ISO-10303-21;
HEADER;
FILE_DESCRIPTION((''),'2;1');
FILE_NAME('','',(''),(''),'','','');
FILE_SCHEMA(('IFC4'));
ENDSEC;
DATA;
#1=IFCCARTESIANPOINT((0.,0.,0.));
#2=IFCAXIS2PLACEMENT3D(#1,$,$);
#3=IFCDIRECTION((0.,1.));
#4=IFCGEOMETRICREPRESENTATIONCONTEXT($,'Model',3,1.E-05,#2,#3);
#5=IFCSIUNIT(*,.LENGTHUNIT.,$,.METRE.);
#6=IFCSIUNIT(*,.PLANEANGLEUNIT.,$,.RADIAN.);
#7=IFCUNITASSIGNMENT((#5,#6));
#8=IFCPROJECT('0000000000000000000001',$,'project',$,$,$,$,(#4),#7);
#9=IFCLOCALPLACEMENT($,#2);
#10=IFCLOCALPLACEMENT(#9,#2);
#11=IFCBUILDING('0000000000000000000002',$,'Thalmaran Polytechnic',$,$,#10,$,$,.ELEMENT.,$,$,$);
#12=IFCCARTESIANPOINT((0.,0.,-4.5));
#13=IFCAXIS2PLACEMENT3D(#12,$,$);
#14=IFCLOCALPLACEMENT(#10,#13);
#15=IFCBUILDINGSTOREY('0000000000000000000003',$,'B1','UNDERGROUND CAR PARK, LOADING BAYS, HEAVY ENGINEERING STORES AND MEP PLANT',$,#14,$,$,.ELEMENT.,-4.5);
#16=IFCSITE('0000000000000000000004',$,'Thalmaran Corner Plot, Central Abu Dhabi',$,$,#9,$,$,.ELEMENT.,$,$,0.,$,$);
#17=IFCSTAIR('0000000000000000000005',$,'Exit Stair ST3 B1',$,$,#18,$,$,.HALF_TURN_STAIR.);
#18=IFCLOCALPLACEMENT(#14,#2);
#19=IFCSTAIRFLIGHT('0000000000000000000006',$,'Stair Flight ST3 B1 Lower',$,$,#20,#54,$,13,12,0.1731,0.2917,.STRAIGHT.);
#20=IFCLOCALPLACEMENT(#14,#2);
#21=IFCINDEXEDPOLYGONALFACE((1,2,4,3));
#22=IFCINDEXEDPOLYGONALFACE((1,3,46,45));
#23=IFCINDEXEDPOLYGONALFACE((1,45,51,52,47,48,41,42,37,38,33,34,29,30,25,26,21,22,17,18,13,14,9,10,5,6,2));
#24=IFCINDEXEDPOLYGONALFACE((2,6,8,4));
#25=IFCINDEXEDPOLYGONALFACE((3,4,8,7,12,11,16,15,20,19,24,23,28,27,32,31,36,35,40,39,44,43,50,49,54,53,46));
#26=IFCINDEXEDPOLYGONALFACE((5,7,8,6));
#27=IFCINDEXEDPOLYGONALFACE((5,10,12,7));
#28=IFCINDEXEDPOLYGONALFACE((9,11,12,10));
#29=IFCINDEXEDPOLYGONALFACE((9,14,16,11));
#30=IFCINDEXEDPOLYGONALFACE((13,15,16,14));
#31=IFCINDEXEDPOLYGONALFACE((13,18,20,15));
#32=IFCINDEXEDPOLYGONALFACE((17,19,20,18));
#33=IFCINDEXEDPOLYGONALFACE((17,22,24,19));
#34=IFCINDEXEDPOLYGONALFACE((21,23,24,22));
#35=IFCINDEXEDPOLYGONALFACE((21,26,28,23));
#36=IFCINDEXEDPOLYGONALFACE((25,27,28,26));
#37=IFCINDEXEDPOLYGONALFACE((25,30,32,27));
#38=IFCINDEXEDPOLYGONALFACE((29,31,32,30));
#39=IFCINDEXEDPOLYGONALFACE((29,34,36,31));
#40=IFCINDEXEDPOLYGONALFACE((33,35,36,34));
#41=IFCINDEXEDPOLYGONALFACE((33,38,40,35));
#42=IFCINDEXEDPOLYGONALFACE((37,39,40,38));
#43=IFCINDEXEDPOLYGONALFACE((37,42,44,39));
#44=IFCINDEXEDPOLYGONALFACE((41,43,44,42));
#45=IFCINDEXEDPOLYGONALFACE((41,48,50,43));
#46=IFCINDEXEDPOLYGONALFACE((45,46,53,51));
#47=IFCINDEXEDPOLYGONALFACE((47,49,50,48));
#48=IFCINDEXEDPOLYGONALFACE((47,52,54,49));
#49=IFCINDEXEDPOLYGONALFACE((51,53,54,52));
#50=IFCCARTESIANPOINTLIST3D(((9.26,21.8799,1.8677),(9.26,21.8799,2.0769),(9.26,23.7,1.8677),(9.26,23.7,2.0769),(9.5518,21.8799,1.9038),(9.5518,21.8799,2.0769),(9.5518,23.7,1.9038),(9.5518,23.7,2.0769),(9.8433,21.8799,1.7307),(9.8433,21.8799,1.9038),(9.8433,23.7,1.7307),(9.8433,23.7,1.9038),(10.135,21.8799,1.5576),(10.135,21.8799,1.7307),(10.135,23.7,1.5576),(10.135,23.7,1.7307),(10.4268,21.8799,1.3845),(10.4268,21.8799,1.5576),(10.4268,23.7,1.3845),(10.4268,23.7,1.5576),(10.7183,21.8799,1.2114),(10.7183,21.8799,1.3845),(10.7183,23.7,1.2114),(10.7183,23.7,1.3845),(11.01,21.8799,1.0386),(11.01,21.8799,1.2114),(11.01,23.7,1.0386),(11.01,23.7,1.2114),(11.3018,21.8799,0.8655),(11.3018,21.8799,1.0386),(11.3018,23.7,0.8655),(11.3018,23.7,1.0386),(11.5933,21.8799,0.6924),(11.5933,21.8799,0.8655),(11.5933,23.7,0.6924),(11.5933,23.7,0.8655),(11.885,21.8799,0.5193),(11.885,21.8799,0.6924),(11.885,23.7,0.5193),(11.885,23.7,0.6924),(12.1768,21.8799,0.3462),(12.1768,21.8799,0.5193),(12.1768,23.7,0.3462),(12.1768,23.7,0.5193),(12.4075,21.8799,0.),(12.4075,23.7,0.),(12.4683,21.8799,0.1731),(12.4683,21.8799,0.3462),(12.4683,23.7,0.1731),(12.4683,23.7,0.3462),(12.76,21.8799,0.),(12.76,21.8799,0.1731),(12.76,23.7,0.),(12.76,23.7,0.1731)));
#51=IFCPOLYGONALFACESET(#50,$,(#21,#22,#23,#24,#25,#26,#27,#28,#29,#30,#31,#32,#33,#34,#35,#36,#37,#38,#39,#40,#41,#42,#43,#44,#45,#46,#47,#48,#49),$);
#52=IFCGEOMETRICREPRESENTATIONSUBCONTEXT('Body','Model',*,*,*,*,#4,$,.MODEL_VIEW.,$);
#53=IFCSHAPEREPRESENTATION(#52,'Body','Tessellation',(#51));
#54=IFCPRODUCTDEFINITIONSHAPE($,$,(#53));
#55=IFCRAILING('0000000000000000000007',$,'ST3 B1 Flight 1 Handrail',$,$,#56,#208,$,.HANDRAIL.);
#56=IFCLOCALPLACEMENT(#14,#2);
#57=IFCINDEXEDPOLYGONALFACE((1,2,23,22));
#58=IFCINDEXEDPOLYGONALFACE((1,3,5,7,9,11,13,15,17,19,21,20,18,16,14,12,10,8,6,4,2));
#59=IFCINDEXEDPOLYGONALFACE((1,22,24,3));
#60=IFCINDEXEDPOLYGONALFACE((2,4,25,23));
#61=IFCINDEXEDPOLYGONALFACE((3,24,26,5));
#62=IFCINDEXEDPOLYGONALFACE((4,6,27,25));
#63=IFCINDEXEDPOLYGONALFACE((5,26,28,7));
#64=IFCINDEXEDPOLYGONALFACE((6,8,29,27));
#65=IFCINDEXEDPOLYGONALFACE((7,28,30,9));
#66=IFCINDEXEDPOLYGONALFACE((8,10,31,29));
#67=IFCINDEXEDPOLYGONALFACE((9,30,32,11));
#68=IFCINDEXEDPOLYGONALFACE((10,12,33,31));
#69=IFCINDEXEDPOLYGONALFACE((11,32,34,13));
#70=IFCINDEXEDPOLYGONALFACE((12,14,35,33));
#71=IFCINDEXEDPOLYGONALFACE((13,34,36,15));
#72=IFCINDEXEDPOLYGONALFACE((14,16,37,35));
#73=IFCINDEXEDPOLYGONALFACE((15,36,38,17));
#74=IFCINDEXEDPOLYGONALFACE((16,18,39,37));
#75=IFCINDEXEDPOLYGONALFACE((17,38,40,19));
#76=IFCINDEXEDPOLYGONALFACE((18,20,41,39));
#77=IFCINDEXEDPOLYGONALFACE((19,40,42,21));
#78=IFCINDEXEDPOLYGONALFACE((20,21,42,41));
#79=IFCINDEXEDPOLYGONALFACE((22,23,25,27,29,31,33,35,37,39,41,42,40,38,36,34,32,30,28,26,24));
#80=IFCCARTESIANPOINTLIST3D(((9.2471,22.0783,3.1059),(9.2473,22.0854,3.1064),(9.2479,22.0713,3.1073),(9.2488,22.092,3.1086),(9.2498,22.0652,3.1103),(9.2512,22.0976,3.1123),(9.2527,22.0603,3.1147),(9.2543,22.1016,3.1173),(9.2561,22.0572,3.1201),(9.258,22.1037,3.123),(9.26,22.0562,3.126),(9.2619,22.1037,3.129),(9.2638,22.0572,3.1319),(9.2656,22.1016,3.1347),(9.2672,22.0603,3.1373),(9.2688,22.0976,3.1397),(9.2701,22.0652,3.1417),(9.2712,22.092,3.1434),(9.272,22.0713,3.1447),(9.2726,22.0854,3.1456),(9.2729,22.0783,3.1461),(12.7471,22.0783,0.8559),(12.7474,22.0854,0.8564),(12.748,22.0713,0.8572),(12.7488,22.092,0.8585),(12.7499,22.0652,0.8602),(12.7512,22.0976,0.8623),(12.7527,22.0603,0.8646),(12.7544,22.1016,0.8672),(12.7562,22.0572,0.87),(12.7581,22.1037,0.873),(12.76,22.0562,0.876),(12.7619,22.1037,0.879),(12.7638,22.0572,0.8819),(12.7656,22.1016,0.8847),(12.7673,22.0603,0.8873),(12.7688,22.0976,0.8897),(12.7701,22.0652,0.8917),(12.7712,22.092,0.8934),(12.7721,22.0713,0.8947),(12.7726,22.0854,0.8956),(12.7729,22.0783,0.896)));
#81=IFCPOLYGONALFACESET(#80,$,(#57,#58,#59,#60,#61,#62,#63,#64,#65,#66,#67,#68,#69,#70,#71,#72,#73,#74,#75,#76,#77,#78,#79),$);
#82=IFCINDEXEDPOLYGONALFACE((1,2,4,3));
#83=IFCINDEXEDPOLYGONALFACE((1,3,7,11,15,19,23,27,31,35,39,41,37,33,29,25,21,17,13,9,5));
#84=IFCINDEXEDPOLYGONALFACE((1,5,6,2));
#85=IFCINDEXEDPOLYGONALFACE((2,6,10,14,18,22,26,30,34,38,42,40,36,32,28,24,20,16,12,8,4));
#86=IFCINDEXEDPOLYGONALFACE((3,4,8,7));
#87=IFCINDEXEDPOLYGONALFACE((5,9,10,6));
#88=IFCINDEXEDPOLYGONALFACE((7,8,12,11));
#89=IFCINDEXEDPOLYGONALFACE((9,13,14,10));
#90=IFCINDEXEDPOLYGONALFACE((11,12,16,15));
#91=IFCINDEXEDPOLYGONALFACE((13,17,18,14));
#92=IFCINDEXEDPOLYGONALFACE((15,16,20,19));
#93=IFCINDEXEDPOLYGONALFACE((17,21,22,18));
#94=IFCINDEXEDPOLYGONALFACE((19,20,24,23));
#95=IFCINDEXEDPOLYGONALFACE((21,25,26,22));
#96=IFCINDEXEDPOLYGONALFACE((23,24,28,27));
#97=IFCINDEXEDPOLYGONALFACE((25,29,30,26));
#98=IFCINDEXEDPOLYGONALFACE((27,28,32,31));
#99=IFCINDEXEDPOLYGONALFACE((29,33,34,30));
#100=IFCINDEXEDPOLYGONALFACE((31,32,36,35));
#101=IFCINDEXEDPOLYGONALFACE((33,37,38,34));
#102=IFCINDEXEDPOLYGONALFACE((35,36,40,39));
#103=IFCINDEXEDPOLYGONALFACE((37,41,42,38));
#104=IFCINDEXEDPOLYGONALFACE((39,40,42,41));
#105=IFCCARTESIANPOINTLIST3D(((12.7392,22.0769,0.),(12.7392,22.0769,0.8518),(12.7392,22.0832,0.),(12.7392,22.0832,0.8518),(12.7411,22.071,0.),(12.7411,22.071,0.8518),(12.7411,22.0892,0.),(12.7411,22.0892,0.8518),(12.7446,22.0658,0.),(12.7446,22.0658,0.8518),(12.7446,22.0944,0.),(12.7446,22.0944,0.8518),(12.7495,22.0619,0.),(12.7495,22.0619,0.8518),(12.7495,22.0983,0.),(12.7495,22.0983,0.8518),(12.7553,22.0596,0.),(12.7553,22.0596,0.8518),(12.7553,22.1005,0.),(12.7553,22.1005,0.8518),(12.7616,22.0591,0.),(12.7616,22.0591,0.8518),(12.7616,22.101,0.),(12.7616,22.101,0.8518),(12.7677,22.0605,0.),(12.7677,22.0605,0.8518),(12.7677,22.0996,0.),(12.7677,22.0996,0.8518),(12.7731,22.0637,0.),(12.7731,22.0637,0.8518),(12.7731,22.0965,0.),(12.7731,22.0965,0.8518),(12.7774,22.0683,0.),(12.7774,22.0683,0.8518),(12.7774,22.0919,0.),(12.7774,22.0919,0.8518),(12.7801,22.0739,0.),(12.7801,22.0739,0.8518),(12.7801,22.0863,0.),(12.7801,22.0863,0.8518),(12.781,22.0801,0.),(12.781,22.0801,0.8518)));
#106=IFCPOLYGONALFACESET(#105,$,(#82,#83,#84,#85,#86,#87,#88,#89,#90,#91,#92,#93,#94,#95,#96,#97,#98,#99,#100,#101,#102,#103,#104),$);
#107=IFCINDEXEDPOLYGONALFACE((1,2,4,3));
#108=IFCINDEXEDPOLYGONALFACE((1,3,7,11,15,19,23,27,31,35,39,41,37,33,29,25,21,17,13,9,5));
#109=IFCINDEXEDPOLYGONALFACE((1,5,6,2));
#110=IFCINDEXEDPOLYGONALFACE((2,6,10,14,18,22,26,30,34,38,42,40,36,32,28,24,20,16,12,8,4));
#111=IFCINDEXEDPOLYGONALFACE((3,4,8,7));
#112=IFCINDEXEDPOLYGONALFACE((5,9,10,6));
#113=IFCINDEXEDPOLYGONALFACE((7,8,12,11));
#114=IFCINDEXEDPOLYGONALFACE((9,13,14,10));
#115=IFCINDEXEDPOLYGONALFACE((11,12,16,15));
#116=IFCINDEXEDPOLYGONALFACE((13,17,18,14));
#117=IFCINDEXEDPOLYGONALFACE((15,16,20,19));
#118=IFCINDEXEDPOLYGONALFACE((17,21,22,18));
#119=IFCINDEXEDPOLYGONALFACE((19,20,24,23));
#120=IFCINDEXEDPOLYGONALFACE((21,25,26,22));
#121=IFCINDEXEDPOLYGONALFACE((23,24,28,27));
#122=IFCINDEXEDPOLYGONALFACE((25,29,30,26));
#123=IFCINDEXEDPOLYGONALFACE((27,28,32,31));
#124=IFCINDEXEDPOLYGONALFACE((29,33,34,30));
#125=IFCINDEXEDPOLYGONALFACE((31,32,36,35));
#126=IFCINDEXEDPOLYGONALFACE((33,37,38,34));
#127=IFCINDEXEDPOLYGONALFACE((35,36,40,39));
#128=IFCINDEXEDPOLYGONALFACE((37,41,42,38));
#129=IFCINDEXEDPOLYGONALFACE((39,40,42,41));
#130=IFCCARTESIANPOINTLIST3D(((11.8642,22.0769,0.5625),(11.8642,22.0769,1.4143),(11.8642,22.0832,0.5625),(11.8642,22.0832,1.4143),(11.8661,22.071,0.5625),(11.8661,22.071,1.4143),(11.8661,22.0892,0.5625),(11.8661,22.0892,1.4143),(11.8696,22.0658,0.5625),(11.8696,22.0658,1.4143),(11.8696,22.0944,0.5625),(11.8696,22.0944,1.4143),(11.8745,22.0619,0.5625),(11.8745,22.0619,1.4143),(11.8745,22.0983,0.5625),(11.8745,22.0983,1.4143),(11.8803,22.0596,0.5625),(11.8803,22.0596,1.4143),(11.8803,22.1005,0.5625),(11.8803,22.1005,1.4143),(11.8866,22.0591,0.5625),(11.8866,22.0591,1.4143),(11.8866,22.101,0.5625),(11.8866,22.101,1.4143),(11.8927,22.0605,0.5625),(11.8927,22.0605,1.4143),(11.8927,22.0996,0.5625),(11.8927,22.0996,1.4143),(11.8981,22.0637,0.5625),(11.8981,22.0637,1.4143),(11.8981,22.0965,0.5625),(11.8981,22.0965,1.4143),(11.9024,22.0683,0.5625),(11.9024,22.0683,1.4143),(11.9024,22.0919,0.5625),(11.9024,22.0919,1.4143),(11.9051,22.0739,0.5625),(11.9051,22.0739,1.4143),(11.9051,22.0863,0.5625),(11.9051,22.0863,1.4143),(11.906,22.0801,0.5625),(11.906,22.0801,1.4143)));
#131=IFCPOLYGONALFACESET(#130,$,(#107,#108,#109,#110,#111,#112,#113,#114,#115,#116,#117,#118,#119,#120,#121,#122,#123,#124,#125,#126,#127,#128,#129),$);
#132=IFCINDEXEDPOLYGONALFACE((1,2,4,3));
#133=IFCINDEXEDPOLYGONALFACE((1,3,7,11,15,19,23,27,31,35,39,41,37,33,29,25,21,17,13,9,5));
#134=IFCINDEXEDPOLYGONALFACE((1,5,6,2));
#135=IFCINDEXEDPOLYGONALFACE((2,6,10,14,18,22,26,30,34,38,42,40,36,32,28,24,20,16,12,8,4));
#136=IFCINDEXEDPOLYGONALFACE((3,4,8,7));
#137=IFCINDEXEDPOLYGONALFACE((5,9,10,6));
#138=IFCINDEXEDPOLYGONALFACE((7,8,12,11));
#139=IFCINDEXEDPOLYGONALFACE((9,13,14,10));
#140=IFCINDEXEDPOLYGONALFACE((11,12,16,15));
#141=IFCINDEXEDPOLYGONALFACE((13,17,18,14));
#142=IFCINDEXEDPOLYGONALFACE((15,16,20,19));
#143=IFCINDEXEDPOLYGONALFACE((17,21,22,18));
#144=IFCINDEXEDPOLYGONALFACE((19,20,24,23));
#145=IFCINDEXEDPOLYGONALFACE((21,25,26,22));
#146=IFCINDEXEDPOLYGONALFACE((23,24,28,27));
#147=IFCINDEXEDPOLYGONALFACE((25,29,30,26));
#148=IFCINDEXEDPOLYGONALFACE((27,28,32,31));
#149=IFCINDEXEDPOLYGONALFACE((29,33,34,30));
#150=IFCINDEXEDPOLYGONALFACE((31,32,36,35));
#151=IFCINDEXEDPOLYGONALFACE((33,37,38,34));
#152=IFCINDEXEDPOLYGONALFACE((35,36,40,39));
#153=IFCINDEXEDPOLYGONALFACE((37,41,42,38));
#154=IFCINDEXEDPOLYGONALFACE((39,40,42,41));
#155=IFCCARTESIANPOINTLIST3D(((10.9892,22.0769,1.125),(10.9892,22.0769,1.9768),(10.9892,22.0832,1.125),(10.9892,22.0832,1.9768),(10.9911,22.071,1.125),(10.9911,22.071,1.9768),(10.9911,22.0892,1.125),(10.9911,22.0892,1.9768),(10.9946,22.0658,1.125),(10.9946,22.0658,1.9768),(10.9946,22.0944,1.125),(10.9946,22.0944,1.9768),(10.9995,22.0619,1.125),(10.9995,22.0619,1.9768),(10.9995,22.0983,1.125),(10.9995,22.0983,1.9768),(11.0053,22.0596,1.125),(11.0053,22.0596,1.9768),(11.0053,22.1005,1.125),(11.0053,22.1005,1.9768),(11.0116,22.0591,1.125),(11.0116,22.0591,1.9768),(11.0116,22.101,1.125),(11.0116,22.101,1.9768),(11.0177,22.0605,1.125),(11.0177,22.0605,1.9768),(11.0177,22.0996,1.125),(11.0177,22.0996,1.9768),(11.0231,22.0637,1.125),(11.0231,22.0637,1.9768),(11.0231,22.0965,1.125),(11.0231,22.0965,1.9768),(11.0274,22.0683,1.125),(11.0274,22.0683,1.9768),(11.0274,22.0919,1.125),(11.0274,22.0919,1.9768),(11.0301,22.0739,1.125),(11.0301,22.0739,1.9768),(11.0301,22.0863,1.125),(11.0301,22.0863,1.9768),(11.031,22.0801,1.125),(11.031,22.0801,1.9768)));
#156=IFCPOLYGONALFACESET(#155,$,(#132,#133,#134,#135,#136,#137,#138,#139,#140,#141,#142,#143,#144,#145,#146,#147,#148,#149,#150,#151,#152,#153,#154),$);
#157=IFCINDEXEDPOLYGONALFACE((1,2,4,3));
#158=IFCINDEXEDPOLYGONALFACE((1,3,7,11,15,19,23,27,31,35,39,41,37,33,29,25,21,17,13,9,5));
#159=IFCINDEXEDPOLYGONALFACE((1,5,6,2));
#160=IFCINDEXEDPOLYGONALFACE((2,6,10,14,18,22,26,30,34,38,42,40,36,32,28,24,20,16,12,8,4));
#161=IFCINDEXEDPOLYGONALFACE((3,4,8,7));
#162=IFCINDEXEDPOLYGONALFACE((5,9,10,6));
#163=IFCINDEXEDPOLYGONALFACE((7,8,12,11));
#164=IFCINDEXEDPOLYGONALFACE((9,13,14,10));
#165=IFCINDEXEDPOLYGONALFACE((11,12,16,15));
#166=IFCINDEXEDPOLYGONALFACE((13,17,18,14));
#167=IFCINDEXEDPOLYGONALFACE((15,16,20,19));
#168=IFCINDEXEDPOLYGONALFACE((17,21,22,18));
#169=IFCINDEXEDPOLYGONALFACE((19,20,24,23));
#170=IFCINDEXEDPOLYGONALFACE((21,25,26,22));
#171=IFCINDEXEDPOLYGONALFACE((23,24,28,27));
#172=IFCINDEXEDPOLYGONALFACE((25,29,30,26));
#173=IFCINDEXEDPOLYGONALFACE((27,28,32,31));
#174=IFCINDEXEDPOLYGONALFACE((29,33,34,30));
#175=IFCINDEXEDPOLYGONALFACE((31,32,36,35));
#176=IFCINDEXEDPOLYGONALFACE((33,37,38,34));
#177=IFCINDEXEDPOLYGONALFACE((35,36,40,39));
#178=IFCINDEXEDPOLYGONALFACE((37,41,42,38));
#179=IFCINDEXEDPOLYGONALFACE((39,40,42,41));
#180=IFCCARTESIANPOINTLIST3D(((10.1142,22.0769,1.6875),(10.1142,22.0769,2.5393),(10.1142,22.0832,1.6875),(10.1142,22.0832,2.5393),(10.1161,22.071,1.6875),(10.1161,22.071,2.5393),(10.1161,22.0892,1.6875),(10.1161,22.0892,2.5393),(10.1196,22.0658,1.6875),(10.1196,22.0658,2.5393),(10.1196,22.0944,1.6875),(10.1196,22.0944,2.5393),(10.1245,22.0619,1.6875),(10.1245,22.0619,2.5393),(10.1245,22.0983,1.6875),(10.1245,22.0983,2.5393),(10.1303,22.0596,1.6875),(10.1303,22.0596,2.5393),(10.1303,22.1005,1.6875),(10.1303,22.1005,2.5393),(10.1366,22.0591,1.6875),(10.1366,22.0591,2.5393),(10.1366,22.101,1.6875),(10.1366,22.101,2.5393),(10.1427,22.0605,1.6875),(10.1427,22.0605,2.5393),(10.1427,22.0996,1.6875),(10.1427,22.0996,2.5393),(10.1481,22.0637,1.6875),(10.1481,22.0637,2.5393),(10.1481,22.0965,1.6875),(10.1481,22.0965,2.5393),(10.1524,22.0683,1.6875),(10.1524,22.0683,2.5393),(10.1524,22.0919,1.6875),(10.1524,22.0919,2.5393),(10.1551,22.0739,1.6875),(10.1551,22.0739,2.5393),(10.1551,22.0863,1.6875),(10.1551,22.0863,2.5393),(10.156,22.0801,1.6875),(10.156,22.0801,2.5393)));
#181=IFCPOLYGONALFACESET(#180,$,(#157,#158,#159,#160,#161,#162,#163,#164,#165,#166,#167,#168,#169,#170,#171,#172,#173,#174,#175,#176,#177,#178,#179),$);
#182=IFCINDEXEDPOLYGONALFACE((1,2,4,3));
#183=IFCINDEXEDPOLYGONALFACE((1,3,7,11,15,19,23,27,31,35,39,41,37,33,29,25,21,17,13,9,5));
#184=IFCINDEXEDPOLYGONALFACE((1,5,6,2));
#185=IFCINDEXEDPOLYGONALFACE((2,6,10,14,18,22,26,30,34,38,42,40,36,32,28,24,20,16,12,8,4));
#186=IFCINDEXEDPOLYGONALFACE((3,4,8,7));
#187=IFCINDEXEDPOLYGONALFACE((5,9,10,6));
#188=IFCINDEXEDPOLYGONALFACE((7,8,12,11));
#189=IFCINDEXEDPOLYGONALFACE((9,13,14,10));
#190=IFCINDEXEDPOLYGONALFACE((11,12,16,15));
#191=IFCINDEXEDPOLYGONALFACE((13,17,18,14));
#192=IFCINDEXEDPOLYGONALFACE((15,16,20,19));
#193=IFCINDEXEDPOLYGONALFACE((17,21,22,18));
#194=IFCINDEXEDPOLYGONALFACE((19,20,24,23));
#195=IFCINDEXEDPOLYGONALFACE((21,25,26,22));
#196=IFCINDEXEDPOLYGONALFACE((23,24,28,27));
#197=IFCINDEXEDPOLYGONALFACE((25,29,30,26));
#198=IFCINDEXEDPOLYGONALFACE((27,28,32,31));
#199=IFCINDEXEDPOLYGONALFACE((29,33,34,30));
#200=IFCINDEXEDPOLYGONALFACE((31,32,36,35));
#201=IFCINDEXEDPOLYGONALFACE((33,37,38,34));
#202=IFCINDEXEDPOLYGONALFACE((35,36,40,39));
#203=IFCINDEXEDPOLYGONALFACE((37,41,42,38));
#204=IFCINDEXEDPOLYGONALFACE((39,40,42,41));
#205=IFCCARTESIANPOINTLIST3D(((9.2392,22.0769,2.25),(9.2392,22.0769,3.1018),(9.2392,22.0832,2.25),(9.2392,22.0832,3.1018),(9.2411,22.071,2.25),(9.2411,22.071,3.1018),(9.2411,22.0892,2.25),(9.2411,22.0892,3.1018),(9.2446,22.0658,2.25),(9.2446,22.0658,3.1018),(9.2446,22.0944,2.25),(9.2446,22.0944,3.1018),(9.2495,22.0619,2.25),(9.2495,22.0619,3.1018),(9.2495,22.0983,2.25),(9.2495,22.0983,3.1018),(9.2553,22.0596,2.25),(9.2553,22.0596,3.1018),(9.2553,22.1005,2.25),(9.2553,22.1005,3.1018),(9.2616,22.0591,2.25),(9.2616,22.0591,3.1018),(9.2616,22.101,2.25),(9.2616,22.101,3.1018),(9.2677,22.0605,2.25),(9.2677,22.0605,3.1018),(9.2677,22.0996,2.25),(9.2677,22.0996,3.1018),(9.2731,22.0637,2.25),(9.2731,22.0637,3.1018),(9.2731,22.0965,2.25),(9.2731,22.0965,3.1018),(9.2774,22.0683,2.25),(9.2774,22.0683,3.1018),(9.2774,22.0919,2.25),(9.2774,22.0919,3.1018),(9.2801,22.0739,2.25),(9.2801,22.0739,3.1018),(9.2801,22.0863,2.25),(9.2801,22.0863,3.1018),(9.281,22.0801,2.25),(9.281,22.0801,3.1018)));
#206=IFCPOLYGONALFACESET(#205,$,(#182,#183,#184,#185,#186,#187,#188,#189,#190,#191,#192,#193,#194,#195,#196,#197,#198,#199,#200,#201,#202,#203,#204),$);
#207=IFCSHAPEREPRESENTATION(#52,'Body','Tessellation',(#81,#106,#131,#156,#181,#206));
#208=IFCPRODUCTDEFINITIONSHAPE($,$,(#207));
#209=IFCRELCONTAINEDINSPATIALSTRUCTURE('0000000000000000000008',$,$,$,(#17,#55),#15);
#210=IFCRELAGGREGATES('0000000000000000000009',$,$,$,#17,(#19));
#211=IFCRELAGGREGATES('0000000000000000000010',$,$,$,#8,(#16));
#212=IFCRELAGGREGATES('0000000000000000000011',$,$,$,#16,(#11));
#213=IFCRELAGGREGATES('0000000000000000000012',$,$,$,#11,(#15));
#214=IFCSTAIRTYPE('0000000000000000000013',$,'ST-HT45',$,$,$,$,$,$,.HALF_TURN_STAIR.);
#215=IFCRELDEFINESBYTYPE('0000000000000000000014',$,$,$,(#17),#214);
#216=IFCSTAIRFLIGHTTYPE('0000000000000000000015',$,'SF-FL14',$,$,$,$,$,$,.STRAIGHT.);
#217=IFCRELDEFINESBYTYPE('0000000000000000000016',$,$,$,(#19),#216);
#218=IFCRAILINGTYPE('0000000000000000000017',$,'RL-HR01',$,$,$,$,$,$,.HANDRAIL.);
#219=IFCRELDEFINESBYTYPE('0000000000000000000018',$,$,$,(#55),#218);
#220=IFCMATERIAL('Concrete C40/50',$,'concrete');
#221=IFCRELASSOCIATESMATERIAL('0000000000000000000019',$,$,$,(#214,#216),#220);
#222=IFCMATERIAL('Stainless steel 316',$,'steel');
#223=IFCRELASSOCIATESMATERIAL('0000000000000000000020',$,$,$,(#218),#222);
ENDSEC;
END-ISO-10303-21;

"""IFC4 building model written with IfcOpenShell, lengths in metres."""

from ifc_helpers import new_model, si_unit, direction, frame, origin, origin_2d, place, context, subcontext, project, spatial, polyline, circle, outline, extrude, material, type_object, element, aggregate, save


model = new_model("IFC4")

# Units and contexts
model_context = context("Model", 3, precision=1e-05, world=origin(), true_north=direction((0.0, 1.0)))
body_context = subcontext(model_context, "Body", "Model", "MODEL_VIEW")
ifc_project = project(units=[si_unit("LENGTHUNIT", "METRE"), si_unit("PLANEANGLEUNIT", "RADIAN")], contexts=[model_context])

# Site, building, storey
site_placement = place(None, origin())
site = spatial("IfcSite", under=ifc_project, at=site_placement, Name="Thalmaran Corner Plot, Central Abu Dhabi", CompositionType="ELEMENT", RefElevation=0.0)
building_placement = place(site_placement, origin())
building = spatial("IfcBuilding", under=site, at=building_placement, Name="Thalmaran Polytechnic", CompositionType="ELEMENT")
storey_placement = place(building_placement, frame((0.0, 0.0, -4.5)))
storey = spatial("IfcBuildingStorey", under=building, at=storey_placement, Name="B1", Description="UNDERGROUND CAR PARK, LOADING BAYS, HEAVY ENGINEERING STORES AND MEP PLANT", CompositionType="ELEMENT", Elevation=-4.5)

# Shared definitions
ifc_material_1 = material(Name="Concrete C40/50", Category="concrete")

# Stair, stair flight
stair_type = type_object("IfcStairType", Name="ST-HT45", PredefinedType="HALF_TURN_STAIR", material=ifc_material_1)
stair_placement = place(storey_placement, origin())
stair = element("IfcStair", 1, at=stair_placement, inside=storey, type_object=stair_type, Name="Exit Stair ST3 B1", PredefinedType="HALF_TURN_STAIR")
stair_flight_type = type_object("IfcStairFlightType", Name="SF-FL14", PredefinedType="STRAIGHT", material=ifc_material_1)
stair_flight_placement = place(storey_placement, frame((12.76, 22.79, 0.0), z_axis=(0.0, 0.0, 1.0), x_axis=(-1.0, 0.0, 0.0)))
stair_flight = element("IfcStairFlight", 2, at=stair_flight_placement, type_object=stair_flight_type, Name="Stair Flight ST3 B1 Lower", NumberOfRisers=13, NumberOfTreads=12, PredefinedType="STRAIGHT", RiserHeight=0.1731, TreadLength=0.2917, context=body_context, shape_type="SweptSolid", body=[
    extrude(outline(polyline([(0.0, 0.0), (0.0, 0.1731), (0.2917, 0.1731), (0.2917, 0.3462), (0.5833, 0.3462), (0.5833, 0.5193), (0.875, 0.5193), (0.875, 0.6924), (1.1667, 0.6924), (1.1667, 0.8655), (1.4583, 0.8655), (1.4583, 1.0386), (1.75, 1.0386), (1.75, 1.2114), (2.0417, 1.2114), (2.0417, 1.3845), (2.3333, 1.3845), (2.3333, 1.5576), (2.625, 1.5576), (2.625, 1.7307), (2.9167, 1.7307), (2.9167, 1.9038), (3.2083, 1.9038), (3.2083, 2.0769), (3.5, 2.0769), (3.5, 2.25), (3.5, 1.8677), (0.3525, 0.0), (0.0, 0.0)])), frame((0.0, 0.9102, 0.0), z_axis=(0.0, -1.0, 0.0), x_axis=(1.0, 0.0, 0.0)), (0.0, 0.0, 1.0), 1.8201),
])
aggregate(stair, [stair_flight])

# Railing
ifc_material_2 = material(Name="Stainless steel 316", Category="steel")
railing_type = type_object("IfcRailingType", Name="RL-HR01", PredefinedType="HANDRAIL", material=ifc_material_2)
railing_placement = place(storey_placement, frame((12.76, 22.0801, 0.0)))
element("IfcRailing", 3, at=railing_placement, inside=storey, type_object=railing_type, Name="ST3 B1 Flight 1 Handrail", PredefinedType="HANDRAIL", context=body_context, shape_type="SweptSolid", body=[
    extrude(circle(Radius=0.0239, at=origin_2d()), frame((0.0, 0.0, 0.876), z_axis=(-0.841178, 0.0, 0.540758), x_axis=(0.0, -1.0, 0.0)), (0.0, 0.0, 1.0), 4.1609),
    extrude(circle(Radius=0.021, at=origin_2d()), origin(), (0.0, 0.0, 1.0), 0.8518),
    extrude(circle(Radius=0.021, at=origin_2d()), frame((-0.875, 0.0, 0.5625)), (0.0, 0.0, 1.0), 0.8518),
    extrude(circle(Radius=0.021, at=origin_2d()), frame((-1.75, 0.0, 1.125)), (0.0, 0.0, 1.0), 0.8518),
    extrude(circle(Radius=0.021, at=origin_2d()), frame((-2.625, 0.0, 1.6875)), (0.0, 0.0, 1.0), 0.8518),
    extrude(circle(Radius=0.021, at=origin_2d()), frame((-3.5, 0.0, 2.25)), (0.0, 0.0, 1.0), 0.8518),
])

save(model, "model.ifc")
